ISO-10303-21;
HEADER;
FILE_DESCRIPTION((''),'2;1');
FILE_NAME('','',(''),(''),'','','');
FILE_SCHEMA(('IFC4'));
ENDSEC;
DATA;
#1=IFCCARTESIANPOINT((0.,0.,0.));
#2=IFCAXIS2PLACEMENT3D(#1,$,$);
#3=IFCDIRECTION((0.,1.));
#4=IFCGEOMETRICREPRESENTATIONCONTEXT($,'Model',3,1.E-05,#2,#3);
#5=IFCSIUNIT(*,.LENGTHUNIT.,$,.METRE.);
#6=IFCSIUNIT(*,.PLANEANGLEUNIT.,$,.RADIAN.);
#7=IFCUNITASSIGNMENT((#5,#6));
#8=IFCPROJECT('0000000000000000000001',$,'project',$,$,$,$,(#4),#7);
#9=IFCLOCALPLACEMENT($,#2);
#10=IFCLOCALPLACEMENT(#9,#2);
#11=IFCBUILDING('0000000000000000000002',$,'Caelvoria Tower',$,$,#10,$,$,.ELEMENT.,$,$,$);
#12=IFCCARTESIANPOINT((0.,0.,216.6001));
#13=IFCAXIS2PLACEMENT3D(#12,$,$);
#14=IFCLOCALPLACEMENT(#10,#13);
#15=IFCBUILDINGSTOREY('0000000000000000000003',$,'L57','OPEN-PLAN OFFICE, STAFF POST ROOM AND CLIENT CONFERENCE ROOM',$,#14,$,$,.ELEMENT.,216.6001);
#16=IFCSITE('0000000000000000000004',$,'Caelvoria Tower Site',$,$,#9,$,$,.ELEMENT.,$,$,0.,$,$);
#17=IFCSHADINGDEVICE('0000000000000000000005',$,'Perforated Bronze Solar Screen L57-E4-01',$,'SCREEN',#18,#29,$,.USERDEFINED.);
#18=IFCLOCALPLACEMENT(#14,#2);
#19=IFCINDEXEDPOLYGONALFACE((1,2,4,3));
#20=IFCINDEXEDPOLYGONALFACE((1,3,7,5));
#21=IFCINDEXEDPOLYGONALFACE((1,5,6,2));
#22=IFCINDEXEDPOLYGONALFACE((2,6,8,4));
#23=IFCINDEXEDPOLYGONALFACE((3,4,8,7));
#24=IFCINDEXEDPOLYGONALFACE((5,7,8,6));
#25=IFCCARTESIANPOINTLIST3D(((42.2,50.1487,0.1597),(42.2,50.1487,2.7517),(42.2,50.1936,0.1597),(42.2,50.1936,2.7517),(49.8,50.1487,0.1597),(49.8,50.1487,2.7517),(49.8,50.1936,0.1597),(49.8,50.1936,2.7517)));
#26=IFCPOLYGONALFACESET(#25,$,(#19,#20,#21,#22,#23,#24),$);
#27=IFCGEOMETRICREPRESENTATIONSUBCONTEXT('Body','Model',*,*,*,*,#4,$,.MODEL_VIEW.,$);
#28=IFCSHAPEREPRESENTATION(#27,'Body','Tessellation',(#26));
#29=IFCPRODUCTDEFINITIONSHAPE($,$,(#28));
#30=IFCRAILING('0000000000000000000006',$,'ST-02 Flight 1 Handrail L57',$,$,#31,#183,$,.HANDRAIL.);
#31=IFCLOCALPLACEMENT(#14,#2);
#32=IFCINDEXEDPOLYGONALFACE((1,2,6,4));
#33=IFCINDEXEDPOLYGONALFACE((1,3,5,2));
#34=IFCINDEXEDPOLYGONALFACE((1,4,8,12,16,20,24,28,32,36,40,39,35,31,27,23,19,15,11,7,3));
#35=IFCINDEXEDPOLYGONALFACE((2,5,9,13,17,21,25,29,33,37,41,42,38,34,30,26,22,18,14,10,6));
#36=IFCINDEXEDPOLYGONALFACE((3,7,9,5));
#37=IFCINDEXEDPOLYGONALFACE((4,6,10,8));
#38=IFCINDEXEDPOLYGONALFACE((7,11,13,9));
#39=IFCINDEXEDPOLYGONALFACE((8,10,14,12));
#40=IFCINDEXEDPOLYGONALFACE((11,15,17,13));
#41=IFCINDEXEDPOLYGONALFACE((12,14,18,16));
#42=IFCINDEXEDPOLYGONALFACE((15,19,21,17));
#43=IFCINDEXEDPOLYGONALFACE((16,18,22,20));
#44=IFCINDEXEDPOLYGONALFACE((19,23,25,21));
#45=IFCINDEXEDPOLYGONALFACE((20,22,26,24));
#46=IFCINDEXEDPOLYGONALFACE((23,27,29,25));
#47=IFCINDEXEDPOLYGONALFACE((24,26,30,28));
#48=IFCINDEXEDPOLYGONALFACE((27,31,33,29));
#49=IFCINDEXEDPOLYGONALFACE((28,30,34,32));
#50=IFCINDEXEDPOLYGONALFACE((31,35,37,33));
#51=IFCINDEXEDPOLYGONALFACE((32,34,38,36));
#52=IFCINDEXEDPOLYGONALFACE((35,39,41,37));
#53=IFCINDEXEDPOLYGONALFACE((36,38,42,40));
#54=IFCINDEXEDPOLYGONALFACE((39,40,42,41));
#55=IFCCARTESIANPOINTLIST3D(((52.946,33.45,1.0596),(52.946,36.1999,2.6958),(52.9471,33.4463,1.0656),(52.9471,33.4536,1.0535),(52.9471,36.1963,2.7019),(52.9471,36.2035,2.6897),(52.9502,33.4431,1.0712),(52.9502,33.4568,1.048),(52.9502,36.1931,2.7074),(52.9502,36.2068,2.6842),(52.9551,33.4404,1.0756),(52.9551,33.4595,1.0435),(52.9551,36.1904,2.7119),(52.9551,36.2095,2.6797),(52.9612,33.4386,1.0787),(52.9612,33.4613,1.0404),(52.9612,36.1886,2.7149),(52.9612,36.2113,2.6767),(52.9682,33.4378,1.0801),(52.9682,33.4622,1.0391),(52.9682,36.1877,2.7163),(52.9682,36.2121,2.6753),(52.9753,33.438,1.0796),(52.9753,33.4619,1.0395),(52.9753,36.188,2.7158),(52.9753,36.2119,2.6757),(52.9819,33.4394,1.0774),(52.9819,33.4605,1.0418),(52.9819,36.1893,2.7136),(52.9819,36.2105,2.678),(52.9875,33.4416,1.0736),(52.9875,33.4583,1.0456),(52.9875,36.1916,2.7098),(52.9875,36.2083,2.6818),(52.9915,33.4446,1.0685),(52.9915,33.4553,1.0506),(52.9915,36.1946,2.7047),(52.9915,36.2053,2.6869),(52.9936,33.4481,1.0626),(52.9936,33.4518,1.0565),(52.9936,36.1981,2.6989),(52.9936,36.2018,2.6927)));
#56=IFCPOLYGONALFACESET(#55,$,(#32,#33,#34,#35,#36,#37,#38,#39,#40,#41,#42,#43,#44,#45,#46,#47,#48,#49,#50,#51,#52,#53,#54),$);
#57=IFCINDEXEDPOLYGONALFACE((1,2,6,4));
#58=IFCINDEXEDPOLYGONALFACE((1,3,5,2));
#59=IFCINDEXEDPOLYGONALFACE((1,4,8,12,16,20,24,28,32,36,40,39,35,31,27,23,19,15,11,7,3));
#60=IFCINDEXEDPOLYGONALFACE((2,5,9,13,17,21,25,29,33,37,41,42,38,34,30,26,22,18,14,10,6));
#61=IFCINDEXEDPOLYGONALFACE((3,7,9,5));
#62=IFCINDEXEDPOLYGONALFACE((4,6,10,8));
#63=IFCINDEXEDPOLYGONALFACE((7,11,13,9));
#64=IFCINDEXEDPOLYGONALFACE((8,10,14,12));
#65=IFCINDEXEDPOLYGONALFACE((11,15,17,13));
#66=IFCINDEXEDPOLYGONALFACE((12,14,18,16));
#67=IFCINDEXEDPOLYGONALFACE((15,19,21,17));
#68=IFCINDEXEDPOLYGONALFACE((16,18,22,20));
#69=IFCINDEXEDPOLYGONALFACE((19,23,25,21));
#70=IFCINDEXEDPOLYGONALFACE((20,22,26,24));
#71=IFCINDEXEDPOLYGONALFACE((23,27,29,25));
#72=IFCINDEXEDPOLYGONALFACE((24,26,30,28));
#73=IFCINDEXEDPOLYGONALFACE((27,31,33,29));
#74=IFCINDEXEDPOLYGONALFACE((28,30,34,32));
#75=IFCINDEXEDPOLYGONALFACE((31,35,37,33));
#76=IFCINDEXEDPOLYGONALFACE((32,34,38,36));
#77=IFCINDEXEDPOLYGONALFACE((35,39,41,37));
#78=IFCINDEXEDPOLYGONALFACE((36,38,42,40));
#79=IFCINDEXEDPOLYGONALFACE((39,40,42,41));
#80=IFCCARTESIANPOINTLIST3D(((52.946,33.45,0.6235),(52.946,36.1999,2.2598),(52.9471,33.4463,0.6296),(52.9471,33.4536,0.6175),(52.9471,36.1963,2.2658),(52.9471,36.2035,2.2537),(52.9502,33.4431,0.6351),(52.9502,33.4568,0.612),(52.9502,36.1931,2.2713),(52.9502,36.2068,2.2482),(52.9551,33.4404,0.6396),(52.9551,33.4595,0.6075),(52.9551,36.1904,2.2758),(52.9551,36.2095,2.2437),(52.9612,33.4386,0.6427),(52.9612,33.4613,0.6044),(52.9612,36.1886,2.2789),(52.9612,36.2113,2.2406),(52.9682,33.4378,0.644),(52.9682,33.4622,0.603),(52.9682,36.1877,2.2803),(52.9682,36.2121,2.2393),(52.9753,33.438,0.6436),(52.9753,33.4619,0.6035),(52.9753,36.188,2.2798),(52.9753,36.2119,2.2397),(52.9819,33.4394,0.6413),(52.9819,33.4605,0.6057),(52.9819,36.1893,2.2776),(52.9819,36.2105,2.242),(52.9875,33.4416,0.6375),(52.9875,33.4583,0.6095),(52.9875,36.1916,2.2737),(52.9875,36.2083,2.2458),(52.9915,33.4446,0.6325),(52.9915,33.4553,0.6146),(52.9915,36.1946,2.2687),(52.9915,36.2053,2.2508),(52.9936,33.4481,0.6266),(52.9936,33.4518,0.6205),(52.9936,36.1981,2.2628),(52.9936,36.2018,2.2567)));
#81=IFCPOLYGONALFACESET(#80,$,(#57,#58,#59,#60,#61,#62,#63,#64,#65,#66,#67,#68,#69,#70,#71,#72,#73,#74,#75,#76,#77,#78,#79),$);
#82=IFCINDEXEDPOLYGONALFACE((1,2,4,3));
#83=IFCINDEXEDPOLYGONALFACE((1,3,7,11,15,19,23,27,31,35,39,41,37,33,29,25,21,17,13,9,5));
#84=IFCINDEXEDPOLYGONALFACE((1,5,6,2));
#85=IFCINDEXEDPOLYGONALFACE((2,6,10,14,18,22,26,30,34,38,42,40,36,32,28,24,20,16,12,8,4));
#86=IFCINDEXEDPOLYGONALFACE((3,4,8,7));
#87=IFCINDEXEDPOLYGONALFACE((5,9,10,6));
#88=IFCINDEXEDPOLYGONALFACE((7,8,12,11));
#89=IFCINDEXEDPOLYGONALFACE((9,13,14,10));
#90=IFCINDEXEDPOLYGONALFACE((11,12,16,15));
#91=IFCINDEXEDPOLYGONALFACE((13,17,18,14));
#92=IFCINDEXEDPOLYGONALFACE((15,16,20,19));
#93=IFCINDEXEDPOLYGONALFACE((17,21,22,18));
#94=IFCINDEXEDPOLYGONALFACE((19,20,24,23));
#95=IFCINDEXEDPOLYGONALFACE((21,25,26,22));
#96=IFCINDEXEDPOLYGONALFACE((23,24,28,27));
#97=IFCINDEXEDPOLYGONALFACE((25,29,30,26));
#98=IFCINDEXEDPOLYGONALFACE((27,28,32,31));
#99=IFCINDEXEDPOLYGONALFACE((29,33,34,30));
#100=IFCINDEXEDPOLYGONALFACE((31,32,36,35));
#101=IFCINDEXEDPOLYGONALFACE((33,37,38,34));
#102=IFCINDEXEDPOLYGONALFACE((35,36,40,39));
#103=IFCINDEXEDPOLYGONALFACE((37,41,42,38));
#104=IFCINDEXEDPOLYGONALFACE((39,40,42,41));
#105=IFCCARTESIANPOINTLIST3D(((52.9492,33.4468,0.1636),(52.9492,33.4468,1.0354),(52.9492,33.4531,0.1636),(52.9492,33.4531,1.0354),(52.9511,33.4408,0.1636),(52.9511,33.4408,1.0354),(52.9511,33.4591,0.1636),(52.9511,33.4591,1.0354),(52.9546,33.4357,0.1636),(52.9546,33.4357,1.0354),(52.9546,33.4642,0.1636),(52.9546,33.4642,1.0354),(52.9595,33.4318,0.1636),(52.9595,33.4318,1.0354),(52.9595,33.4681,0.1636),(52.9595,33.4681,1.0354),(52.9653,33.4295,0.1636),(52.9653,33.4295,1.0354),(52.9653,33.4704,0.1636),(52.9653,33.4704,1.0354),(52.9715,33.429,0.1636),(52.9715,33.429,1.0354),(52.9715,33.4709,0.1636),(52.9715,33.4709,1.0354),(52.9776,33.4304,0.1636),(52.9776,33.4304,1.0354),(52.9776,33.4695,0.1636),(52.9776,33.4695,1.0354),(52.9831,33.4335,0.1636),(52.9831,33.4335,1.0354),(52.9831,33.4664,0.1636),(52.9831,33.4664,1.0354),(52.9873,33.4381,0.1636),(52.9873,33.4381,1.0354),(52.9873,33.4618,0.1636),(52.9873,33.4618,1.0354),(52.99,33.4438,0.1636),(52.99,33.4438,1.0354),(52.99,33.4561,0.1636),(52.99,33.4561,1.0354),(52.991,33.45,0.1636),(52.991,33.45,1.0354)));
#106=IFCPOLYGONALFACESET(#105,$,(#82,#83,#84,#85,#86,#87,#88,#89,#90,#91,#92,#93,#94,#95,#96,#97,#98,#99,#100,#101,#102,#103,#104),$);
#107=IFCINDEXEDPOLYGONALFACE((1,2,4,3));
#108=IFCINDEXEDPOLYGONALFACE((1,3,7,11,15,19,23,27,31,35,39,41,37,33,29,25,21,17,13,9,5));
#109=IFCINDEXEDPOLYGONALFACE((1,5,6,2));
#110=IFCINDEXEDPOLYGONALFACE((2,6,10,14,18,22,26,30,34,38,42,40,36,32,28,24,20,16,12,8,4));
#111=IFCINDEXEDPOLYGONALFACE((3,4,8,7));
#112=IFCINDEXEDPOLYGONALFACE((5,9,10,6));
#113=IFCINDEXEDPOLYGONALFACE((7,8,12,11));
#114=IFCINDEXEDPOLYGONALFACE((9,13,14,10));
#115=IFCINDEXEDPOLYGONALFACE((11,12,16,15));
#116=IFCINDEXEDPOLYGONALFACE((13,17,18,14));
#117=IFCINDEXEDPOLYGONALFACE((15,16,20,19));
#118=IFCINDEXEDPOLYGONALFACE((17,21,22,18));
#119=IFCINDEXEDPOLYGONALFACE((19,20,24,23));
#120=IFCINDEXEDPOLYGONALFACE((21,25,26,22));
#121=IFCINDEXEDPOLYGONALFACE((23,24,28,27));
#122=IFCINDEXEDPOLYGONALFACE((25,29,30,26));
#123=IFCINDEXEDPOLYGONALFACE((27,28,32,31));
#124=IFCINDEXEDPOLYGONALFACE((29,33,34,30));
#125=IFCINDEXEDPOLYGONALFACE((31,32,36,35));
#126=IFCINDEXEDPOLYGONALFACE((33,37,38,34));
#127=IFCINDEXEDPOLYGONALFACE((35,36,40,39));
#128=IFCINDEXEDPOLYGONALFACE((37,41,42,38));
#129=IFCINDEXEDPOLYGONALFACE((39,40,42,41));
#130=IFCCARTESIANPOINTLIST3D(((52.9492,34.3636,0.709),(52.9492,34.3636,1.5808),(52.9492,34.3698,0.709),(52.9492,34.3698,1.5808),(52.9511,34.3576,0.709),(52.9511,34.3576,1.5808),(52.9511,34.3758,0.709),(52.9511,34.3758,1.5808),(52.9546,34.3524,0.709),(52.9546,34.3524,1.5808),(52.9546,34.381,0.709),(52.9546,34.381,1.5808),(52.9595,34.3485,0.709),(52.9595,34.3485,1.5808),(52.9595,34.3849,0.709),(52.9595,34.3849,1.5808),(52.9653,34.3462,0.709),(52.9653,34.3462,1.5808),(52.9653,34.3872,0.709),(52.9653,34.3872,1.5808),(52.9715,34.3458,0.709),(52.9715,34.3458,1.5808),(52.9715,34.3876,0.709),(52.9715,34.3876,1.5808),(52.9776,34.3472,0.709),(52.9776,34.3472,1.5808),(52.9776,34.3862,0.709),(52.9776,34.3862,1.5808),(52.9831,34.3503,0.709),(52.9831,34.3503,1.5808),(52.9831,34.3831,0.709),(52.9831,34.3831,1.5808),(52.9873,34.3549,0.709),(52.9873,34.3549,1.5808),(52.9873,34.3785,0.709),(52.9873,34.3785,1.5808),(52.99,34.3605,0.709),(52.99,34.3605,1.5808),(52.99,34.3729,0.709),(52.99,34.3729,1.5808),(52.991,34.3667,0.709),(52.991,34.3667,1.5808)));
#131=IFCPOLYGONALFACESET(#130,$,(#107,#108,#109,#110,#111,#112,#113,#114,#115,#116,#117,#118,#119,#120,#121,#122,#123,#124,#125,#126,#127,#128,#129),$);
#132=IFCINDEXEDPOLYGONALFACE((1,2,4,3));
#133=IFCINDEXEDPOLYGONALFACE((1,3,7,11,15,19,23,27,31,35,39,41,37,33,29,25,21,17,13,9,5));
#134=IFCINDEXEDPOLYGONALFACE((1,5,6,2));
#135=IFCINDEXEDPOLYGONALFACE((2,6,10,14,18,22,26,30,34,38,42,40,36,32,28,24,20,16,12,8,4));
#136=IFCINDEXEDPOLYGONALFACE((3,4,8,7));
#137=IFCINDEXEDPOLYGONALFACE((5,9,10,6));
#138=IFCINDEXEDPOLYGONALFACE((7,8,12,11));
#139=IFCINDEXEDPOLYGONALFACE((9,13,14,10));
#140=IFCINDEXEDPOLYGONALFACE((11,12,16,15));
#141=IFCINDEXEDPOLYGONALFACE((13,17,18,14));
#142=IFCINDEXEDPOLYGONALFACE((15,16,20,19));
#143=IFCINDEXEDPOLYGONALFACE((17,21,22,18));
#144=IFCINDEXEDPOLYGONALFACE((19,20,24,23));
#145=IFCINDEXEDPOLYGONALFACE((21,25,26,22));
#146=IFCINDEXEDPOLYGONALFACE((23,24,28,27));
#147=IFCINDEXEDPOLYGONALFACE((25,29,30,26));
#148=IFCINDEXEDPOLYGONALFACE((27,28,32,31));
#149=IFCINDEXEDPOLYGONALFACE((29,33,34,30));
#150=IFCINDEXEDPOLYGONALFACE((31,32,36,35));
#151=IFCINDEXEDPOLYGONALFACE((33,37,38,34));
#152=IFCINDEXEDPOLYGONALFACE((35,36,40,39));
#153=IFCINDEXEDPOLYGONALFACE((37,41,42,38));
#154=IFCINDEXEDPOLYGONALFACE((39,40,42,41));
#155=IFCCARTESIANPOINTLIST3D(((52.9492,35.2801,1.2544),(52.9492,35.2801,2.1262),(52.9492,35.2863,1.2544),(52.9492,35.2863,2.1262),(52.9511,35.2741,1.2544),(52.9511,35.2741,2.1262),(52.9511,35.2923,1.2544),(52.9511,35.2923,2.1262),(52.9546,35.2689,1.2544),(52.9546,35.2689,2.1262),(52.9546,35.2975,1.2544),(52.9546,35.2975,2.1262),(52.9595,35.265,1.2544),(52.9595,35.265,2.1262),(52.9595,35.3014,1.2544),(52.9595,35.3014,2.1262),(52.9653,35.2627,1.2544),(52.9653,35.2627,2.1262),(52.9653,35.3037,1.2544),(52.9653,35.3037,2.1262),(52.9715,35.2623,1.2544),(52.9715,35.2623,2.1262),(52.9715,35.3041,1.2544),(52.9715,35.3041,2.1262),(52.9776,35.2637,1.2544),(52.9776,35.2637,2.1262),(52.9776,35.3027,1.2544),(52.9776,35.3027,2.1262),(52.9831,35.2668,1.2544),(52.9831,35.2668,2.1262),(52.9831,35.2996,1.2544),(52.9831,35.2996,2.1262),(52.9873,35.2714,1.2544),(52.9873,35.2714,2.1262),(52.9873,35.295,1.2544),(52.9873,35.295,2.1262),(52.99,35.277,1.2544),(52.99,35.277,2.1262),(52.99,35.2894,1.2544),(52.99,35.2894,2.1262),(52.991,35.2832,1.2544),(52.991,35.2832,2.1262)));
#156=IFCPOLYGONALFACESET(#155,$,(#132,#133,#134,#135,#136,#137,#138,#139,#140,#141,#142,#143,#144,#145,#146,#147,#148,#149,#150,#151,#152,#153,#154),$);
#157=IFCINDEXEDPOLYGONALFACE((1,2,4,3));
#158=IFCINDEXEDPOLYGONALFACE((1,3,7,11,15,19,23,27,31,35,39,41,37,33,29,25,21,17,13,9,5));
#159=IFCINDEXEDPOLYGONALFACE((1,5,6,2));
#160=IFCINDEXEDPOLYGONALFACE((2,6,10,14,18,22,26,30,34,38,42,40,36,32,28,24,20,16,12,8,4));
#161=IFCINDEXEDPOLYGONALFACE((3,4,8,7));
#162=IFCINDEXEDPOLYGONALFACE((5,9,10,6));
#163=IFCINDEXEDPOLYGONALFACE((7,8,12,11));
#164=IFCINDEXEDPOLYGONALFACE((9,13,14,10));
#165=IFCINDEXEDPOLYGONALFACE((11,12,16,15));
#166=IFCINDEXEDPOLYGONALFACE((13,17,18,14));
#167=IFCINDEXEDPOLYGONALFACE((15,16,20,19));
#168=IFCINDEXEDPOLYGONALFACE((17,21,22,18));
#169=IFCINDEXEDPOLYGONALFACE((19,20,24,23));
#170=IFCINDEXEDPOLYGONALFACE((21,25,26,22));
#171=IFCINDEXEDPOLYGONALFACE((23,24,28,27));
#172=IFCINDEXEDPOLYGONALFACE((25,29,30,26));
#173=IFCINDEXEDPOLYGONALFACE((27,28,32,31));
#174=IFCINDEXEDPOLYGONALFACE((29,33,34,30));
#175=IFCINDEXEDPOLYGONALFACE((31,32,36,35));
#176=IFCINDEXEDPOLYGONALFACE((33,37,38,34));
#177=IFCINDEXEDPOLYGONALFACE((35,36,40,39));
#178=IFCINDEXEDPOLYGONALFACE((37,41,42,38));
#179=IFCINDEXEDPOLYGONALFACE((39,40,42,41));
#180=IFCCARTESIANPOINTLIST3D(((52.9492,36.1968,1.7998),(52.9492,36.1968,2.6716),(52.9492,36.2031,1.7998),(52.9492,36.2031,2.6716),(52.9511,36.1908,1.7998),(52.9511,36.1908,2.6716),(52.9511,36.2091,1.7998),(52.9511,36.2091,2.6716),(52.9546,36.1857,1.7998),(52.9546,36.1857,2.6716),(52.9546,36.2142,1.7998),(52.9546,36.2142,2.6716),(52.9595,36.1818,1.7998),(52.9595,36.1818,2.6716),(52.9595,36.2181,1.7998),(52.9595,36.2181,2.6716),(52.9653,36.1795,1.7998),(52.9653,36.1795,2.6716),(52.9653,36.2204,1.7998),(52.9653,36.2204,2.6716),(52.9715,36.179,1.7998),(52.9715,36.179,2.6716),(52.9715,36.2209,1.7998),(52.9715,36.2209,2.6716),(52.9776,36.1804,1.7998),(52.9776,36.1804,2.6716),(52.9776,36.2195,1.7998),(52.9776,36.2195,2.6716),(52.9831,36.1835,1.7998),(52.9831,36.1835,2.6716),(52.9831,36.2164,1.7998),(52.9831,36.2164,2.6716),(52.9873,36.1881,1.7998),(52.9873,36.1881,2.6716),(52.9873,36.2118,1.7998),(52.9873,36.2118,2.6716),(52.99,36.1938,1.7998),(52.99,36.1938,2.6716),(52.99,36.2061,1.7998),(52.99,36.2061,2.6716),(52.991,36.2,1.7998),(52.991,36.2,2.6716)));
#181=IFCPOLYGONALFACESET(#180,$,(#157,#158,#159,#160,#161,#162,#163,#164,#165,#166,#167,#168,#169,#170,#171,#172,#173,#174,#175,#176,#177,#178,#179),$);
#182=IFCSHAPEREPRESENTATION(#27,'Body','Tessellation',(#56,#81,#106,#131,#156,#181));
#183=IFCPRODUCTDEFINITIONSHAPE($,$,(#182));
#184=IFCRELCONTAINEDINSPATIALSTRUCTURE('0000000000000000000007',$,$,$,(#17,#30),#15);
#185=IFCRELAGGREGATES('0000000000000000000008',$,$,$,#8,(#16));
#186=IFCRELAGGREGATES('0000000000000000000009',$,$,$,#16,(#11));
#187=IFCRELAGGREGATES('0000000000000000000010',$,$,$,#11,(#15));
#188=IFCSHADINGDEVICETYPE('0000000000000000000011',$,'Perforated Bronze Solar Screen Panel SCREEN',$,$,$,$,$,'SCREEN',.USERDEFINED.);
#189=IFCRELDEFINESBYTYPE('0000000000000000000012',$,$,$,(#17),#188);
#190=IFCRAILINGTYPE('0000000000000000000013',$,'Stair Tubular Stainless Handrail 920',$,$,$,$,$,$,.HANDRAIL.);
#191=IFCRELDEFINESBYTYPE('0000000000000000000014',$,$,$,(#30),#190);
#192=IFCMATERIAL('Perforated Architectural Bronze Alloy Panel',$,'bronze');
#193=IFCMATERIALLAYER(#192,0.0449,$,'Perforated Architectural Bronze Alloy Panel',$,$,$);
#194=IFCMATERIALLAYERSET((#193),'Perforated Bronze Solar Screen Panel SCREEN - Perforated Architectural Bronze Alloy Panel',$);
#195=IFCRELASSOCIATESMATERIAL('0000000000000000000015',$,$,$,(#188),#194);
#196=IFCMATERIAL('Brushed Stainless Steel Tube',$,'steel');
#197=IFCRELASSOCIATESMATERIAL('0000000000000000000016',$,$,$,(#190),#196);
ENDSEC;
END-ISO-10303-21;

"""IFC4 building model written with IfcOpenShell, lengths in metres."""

from ifc_helpers import new_model, si_unit, direction, frame, origin, origin_2d, place, context, subcontext, project, spatial, rectangle, circle, extrude, material, layer, layer_set, type_object, element, save


model = new_model("IFC4")

# Units and contexts
model_context = context("Model", 3, precision=1e-05, world=origin(), true_north=direction((0.0, 1.0)))
body_context = subcontext(model_context, "Body", "Model", "MODEL_VIEW")
ifc_project = project(units=[si_unit("LENGTHUNIT", "METRE"), si_unit("PLANEANGLEUNIT", "RADIAN")], contexts=[model_context])

# Site, building, storey
site_placement = place(None, origin())
site = spatial("IfcSite", under=ifc_project, at=site_placement, Name="Caelvoria Tower Site", CompositionType="ELEMENT", RefElevation=0.0)
building_placement = place(site_placement, origin())
building = spatial("IfcBuilding", under=site, at=building_placement, Name="Caelvoria Tower", CompositionType="ELEMENT")
storey_placement = place(building_placement, frame((0.0, 0.0, 216.6001)))
storey = spatial("IfcBuildingStorey", under=building, at=storey_placement, Name="L57", Description="OPEN-PLAN OFFICE, STAFF POST ROOM AND CLIENT CONFERENCE ROOM", CompositionType="ELEMENT", Elevation=216.6001)

# Shading device
ifc_material_1 = material(Name="Perforated Architectural Bronze Alloy Panel", Category="bronze")
ifc_layer_1 = layer(ifc_material_1, 0.0449, Name="Perforated Architectural Bronze Alloy Panel")
ifc_layer_set_1 = layer_set([ifc_layer_1], Name="Perforated Bronze Solar Screen Panel SCREEN - Perforated Architectural Bronze Alloy Panel")
shading_device_type = type_object("IfcShadingDeviceType", Name="Perforated Bronze Solar Screen Panel SCREEN", ElementType="SCREEN", PredefinedType="USERDEFINED", material=ifc_layer_set_1)
for number, where, z_axis, x_axis, name in (
    (1, (46.0, 50.1711, 0.1597), (0.0, 0.0, 1.0), (-1.0, 0.0, 0.0), "Perforated Bronze Solar Screen L57-E4-01"),
):
    element("IfcShadingDevice", number, at=place(storey_placement, frame(where, z_axis=z_axis, x_axis=x_axis)), inside=storey, type_object=shading_device_type, Name=name, ObjectType="SCREEN", PredefinedType="USERDEFINED", context=body_context, shape_type="SweptSolid", body=[
        extrude(rectangle(XDim=7.6001, YDim=0.0449, at=origin_2d()), origin(), (0.0, 0.0, 1.0), 2.592),
    ])

# Railing
ifc_material_2 = material(Name="Brushed Stainless Steel Tube", Category="steel")
railing_type_1 = type_object("IfcRailingType", Name="Stair Tubular Stainless Handrail 920", PredefinedType="HANDRAIL", material=ifc_material_2)
railing_1_placement = place(storey_placement, frame((52.97, 33.45, 0.1636)))
element("IfcRailing", 2, at=railing_1_placement, inside=storey, type_object=railing_type_1, Name="ST-02 Flight 1 Handrail L57", PredefinedType="HANDRAIL", context=body_context, shape_type="SweptSolid", body=[
    extrude(circle(Radius=0.0239, at=origin_2d()), frame((0.0, 0.0, 0.896), z_axis=(0.0, 0.859385, 0.511328), x_axis=(-1.0, 0.0, 0.0)), (0.0, 0.0, 1.0), 3.2),
    extrude(circle(Radius=0.0239, at=origin_2d()), frame((0.0, 0.0, 0.46), z_axis=(0.0, 0.859385, 0.511328), x_axis=(-1.0, 0.0, 0.0)), (0.0, 0.0, 1.0), 3.2),
    extrude(circle(Radius=0.021, at=origin_2d()), origin(), (0.0, 0.0, 1.0), 0.8718),
    extrude(circle(Radius=0.021, at=origin_2d()), frame((0.0, 0.9167, 0.5454)), (0.0, 0.0, 1.0), 0.8718),
    extrude(circle(Radius=0.021, at=origin_2d()), frame((0.0, 1.8333, 1.0908)), (0.0, 0.0, 1.0), 0.8718),
    extrude(circle(Radius=0.021, at=origin_2d()), frame((0.0, 2.75, 1.6362)), (0.0, 0.0, 1.0), 0.8718),
])

save(model, "model.ifc")
